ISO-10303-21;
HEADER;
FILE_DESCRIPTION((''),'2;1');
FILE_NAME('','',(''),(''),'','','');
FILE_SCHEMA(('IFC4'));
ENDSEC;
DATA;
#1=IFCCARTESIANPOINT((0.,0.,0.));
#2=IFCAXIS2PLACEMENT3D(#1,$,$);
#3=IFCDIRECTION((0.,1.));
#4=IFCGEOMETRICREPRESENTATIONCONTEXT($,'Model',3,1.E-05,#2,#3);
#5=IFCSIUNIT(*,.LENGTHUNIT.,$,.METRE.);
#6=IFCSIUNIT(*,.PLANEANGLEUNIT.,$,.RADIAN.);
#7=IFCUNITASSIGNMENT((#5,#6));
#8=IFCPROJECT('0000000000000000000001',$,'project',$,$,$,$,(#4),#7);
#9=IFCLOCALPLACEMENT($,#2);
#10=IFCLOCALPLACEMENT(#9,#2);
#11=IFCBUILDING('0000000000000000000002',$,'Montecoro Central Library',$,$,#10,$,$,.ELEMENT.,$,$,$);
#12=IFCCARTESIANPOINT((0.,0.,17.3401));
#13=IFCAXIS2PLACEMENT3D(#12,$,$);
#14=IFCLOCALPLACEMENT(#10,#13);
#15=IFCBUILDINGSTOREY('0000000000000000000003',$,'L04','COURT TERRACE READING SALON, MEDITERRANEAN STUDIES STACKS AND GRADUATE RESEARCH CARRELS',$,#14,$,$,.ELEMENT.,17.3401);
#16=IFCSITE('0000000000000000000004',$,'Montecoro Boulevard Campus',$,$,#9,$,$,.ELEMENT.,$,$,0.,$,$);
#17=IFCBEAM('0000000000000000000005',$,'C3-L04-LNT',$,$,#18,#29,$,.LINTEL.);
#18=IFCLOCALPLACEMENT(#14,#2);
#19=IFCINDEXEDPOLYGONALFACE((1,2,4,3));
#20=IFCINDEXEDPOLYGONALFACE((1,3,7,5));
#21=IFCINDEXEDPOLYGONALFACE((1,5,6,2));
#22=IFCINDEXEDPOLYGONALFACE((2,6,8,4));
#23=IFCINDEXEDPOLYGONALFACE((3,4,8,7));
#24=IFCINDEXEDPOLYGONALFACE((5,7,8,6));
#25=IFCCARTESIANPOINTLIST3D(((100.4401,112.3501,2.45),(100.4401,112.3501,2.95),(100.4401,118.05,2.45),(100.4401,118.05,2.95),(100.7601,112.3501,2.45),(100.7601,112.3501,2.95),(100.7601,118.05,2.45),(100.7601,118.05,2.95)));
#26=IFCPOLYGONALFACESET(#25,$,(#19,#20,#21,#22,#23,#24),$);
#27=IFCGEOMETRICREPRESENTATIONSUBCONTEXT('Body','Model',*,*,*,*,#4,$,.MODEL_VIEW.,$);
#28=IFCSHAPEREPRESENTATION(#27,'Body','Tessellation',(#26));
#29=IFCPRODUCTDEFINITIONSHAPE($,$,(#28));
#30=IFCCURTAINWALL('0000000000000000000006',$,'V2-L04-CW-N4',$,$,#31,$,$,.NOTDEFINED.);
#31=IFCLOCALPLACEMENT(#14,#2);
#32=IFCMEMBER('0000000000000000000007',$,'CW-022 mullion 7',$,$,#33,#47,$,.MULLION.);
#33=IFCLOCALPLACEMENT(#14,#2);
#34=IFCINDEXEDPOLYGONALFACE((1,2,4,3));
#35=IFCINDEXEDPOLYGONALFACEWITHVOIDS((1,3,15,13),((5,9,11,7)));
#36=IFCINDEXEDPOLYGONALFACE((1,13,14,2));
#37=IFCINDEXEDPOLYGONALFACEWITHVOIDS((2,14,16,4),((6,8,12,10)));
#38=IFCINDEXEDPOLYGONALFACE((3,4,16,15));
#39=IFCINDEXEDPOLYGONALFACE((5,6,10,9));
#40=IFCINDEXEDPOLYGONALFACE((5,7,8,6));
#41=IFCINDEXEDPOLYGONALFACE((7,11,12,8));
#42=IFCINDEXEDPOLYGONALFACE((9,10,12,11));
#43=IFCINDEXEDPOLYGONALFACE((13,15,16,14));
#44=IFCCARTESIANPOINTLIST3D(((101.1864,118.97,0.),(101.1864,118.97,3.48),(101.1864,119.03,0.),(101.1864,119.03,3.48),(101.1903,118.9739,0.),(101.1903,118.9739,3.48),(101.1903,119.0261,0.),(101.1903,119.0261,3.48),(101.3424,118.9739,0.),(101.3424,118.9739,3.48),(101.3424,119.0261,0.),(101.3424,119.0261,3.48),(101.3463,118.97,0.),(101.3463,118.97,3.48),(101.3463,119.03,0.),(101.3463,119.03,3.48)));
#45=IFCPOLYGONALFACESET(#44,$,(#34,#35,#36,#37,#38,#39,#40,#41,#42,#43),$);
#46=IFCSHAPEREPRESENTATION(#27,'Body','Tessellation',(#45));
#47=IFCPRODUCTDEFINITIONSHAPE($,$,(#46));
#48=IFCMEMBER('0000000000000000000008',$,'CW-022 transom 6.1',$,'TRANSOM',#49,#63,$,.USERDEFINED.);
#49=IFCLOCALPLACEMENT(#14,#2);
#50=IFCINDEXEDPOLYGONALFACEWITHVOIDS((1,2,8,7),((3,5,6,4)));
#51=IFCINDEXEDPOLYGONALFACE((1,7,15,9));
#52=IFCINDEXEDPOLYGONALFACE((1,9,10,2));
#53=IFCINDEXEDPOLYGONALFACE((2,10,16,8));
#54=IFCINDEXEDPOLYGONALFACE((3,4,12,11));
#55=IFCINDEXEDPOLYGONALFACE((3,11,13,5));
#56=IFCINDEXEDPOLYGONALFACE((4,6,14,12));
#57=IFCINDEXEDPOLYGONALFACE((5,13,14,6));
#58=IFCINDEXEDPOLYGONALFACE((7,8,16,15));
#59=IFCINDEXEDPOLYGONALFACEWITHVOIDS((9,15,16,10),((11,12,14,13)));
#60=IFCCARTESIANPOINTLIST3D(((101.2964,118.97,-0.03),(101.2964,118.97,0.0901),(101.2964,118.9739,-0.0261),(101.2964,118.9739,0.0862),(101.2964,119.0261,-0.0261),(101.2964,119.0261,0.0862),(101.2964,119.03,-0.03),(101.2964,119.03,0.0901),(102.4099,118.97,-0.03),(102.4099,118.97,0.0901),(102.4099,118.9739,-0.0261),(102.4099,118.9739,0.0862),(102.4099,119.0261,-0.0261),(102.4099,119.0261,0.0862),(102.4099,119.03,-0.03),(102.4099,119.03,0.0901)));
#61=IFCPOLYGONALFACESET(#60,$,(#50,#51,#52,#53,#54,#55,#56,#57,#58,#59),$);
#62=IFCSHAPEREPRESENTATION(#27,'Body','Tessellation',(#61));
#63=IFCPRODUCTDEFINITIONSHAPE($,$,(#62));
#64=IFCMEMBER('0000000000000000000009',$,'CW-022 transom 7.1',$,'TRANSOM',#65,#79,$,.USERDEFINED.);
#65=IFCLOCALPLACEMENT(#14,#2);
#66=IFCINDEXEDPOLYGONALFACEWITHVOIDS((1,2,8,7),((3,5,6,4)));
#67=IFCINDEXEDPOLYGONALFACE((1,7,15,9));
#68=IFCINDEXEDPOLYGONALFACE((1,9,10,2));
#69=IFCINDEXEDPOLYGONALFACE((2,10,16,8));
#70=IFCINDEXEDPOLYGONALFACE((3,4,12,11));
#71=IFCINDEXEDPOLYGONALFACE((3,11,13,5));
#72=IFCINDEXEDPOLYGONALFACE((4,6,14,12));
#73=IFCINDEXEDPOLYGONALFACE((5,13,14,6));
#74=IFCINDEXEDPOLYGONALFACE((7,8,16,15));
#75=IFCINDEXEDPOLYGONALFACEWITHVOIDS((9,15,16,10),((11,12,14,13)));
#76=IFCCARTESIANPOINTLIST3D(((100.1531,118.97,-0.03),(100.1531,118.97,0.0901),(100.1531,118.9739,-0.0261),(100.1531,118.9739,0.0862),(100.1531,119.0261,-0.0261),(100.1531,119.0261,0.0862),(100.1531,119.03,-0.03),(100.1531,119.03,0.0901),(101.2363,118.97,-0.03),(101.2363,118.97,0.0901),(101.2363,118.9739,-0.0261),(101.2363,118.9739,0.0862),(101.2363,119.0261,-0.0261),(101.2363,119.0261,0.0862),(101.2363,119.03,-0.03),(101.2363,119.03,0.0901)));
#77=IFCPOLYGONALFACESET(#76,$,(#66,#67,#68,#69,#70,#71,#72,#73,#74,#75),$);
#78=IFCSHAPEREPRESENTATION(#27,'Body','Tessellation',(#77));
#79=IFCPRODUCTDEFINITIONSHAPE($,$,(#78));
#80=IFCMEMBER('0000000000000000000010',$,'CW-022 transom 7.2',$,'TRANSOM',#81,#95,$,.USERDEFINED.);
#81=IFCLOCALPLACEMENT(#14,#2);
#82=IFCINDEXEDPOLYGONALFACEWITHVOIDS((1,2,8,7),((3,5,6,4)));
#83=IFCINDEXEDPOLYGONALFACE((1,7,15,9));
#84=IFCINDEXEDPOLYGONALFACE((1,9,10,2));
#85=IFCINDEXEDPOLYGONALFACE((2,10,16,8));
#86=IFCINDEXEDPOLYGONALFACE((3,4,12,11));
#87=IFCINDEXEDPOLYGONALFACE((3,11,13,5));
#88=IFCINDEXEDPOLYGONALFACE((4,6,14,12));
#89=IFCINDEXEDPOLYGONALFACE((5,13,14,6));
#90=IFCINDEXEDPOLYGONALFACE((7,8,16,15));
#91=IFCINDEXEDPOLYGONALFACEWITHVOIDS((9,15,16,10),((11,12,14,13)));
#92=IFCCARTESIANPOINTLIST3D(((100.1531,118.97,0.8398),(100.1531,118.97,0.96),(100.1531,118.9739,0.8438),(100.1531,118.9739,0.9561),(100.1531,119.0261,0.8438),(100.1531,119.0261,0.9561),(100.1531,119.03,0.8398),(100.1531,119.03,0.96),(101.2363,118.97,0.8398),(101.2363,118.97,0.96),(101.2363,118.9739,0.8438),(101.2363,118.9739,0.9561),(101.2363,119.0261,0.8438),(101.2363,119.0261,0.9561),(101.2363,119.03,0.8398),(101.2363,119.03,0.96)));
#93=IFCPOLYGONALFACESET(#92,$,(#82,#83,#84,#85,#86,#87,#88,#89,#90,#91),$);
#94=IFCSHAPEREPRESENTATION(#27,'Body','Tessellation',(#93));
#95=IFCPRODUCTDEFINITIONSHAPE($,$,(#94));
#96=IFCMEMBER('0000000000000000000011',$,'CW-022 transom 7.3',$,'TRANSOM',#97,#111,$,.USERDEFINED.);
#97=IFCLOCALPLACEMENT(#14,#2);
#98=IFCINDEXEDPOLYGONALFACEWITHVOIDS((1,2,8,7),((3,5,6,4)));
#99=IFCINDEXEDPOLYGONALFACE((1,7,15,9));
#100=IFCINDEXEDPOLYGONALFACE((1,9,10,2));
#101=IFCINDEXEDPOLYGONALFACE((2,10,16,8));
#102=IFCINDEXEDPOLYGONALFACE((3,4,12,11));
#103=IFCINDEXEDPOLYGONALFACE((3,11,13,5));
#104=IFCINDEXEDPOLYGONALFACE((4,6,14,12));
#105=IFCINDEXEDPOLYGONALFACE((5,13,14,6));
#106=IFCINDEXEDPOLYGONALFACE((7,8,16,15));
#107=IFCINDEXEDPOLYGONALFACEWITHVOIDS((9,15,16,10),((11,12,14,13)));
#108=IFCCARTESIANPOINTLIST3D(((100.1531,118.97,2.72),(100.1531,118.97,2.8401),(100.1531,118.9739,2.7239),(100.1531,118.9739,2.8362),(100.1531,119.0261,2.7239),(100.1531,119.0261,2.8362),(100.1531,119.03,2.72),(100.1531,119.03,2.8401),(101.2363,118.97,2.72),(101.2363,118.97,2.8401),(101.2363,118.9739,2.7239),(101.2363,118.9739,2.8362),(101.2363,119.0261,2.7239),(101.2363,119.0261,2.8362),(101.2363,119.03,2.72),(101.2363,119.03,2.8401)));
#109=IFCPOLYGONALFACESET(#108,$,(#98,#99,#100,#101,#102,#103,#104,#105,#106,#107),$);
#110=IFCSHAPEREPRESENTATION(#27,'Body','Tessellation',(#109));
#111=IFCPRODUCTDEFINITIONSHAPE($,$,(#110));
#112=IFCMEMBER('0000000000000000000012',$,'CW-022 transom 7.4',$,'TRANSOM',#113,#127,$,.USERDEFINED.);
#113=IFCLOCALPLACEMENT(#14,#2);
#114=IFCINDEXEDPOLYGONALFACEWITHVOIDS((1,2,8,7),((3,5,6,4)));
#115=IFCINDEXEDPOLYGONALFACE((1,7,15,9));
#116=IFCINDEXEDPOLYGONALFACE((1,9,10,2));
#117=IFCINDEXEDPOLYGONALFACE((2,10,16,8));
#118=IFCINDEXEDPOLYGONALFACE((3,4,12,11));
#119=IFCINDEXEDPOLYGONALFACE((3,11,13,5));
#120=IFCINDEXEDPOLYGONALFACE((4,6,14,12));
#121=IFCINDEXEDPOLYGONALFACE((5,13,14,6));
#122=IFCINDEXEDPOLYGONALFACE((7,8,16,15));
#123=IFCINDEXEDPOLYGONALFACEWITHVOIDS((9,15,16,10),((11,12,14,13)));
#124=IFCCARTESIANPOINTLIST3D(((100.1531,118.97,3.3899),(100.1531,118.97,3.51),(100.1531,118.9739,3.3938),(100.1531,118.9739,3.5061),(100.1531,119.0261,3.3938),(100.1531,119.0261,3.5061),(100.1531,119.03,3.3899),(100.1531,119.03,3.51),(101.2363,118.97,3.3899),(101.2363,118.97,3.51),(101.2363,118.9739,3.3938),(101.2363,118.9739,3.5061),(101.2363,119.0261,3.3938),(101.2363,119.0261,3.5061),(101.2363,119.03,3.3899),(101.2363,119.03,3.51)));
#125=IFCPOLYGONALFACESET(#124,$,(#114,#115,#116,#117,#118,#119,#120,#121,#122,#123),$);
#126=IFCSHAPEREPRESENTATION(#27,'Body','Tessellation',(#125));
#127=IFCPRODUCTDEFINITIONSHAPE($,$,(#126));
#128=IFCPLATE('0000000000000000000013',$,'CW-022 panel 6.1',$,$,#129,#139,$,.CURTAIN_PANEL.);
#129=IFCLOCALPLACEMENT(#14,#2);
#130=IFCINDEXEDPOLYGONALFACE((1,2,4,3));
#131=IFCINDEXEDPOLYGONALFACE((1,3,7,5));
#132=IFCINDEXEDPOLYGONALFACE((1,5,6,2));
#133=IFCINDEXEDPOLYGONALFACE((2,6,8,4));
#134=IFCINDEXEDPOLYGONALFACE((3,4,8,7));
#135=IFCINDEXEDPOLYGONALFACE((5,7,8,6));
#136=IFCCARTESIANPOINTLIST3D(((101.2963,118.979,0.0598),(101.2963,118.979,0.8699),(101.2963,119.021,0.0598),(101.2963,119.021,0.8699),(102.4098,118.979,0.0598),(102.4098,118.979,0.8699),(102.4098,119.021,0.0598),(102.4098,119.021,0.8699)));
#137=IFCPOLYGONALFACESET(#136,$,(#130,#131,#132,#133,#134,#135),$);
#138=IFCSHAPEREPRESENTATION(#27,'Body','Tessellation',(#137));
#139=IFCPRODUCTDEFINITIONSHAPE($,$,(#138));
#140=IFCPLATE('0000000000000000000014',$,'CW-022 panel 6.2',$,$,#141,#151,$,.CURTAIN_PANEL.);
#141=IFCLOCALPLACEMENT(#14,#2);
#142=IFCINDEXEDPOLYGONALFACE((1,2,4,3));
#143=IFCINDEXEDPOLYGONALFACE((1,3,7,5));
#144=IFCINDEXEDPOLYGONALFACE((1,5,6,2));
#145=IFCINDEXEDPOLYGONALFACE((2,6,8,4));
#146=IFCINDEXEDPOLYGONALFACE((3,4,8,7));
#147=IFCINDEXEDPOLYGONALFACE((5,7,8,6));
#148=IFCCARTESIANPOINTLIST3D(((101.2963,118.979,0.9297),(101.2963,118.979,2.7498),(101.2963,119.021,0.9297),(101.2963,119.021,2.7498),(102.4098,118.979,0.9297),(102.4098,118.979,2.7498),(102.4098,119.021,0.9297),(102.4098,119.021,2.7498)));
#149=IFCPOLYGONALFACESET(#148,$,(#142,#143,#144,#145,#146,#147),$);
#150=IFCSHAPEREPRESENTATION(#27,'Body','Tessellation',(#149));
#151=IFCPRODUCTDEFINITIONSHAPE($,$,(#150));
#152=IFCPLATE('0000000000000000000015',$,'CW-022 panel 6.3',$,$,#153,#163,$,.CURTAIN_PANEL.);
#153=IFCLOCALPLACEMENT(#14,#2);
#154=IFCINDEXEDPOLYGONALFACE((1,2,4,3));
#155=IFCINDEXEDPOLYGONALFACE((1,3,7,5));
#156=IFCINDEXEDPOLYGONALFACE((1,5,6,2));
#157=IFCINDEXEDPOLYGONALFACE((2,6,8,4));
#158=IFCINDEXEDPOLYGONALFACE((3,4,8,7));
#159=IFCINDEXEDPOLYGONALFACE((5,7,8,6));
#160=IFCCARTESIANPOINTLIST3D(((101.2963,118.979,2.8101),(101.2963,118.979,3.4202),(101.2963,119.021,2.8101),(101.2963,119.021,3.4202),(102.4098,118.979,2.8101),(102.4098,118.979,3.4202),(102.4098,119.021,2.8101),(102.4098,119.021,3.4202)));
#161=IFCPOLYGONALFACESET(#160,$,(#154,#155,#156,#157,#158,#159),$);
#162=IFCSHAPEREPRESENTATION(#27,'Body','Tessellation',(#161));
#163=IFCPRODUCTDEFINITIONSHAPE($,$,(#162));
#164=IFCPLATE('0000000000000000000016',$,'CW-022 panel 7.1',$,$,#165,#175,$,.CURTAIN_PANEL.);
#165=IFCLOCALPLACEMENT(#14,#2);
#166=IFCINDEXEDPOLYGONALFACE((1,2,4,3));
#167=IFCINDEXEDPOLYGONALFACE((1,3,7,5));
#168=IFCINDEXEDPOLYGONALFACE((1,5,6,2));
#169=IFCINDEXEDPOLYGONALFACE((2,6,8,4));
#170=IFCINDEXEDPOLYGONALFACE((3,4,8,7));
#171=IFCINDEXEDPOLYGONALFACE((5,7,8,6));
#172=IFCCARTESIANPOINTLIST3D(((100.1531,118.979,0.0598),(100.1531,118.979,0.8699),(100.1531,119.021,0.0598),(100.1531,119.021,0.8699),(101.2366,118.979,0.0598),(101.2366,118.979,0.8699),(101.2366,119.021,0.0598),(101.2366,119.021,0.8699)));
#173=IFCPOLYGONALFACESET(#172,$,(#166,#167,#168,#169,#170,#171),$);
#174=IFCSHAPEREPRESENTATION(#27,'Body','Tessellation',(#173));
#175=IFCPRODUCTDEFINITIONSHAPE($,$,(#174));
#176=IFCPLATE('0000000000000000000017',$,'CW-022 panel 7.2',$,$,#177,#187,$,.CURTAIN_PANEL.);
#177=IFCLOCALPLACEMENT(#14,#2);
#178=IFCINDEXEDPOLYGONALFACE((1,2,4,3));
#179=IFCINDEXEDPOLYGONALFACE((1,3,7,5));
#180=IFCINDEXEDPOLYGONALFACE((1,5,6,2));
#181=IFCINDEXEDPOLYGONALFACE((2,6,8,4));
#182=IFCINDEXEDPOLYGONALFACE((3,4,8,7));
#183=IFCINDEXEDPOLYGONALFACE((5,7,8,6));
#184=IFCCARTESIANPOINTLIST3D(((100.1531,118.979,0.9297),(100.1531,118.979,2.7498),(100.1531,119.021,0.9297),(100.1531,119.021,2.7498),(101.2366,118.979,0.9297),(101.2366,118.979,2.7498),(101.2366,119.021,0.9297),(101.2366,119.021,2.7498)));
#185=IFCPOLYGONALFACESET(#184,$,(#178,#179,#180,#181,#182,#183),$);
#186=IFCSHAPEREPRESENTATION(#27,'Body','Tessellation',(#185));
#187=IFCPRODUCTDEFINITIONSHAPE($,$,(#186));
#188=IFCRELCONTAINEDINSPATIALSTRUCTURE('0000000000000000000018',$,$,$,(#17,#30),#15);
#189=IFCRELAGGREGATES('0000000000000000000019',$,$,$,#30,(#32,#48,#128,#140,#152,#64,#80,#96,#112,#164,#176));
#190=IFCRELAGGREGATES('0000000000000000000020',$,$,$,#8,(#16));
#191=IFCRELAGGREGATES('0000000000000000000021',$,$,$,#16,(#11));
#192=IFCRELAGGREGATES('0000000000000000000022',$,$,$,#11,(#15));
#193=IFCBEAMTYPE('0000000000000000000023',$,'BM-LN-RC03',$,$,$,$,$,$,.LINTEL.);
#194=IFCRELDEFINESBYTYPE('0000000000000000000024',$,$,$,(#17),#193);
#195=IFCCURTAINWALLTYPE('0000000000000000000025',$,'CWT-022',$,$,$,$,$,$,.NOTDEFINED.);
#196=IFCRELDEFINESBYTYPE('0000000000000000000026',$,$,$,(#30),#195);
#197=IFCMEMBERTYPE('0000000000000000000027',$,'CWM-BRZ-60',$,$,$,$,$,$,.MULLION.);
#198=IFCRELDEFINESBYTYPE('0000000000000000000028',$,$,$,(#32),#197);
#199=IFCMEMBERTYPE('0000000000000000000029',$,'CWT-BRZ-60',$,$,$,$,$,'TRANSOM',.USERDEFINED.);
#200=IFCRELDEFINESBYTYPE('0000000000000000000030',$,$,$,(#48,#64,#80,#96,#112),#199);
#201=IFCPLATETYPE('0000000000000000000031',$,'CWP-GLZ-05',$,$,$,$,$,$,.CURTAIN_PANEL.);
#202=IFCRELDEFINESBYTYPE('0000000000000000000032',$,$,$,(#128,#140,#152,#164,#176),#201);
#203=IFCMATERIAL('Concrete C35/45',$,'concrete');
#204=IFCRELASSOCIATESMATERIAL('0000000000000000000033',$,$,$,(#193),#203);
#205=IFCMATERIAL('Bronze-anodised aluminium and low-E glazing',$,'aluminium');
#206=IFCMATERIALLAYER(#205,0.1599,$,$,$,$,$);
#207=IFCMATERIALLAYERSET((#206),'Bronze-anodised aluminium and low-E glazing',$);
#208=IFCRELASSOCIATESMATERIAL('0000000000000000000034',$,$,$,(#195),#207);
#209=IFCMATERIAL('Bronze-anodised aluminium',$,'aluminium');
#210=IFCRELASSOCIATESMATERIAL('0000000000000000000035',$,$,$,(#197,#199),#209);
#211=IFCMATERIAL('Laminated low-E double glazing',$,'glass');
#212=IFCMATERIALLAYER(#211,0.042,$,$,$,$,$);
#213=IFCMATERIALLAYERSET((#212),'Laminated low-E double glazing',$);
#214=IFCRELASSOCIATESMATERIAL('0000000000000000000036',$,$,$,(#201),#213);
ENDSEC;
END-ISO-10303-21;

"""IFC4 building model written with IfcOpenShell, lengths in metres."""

from ifc_helpers import new_model, si_unit, direction, frame, origin, origin_2d, place, context, subcontext, project, spatial, rectangle, hollow_rectangle, extrude, material, layer, layer_set, material_profile, profile_set, type_object, element, aggregate, save


model = new_model("IFC4")

# Units and contexts
model_context = context("Model", 3, precision=1e-05, world=origin(), true_north=direction((0.0, 1.0)))
body_context = subcontext(model_context, "Body", "Model", "MODEL_VIEW")
ifc_project = project(units=[si_unit("LENGTHUNIT", "METRE"), si_unit("PLANEANGLEUNIT", "RADIAN")], contexts=[model_context])

# Site, building, storey
site_placement = place(None, origin())
site = spatial("IfcSite", under=ifc_project, at=site_placement, Name="Montecoro Boulevard Campus", CompositionType="ELEMENT", RefElevation=0.0)
building_placement = place(site_placement, origin())
building = spatial("IfcBuilding", under=site, at=building_placement, Name="Montecoro Central Library", CompositionType="ELEMENT")
storey_placement = place(building_placement, frame((0.0, 0.0, 17.3401)))
storey = spatial("IfcBuildingStorey", under=building, at=storey_placement, Name="L04", Description="COURT TERRACE READING SALON, MEDITERRANEAN STUDIES STACKS AND GRADUATE RESEARCH CARRELS", CompositionType="ELEMENT", Elevation=17.3401)

# Beam
ifc_material_1 = material(Name="Concrete C35/45", Category="concrete")
ifc_material_profile_1 = material_profile(ifc_material_1, rectangle(XDim=0.3201, YDim=0.5, at=origin_2d()), Name="RC LNT 500x320")
ifc_profile_set_1 = profile_set([ifc_material_profile_1], Name="Concrete C35/45")
beam_type = type_object("IfcBeamType", Name="BM-LN-RC03", PredefinedType="LINTEL", material=ifc_profile_set_1)
beam_placement = place(storey_placement, frame((100.6001, 112.3501, 2.7), z_axis=(0.0, 1.0, 0.0), x_axis=(-1.0, 0.0, 0.0)))
element("IfcBeam", 1, at=beam_placement, inside=storey, type_object=beam_type, Name="C3-L04-LNT", PredefinedType="LINTEL", context=body_context, shape_type="SweptSolid", body=[
    extrude(rectangle(XDim=0.3201, YDim=0.5, at=origin_2d()), origin(), (0.0, 0.0, 1.0), 5.7),
])

# Curtain wall, members, plates
ifc_material_2 = material(Name="Bronze-anodised aluminium and low-E glazing", Category="aluminium")
ifc_layer_1 = layer(ifc_material_2, 0.1599)
ifc_layer_set_1 = layer_set([ifc_layer_1], Name="Bronze-anodised aluminium and low-E glazing")
curtain_wall_type = type_object("IfcCurtainWallType", Name="CWT-022", PredefinedType="NOTDEFINED", material=ifc_layer_set_1)
curtain_wall_placement = place(storey_placement, origin())
curtain_wall = element("IfcCurtainWall", 2, at=curtain_wall_placement, inside=storey, type_object=curtain_wall_type, Name="V2-L04-CW-N4", PredefinedType="NOTDEFINED")
ifc_material_3 = material(Name="Bronze-anodised aluminium", Category="aluminium")
ifc_material_profile_2 = material_profile(ifc_material_3, hollow_rectangle(XDim=0.0601, YDim=0.1599, WallThickness=0.0039, at=origin_2d()), Name="CWM 160x60x4.0")
ifc_profile_set_2 = profile_set([ifc_material_profile_2], Name="Bronze-anodised aluminium")
member_type_1 = type_object("IfcMemberType", Name="CWM-BRZ-60", PredefinedType="MULLION", material=ifc_profile_set_2)
member_1_placement = place(storey_placement, frame((101.2664, 119.0, 0.0), z_axis=(0.0, 0.0, 1.0), x_axis=(0.0, -1.0, 0.0)))
member_1 = element("IfcMember", 3, at=member_1_placement, type_object=member_type_1, Name="CW-022 mullion 7", PredefinedType="MULLION", context=body_context, shape_type="SweptSolid", body=[
    extrude(hollow_rectangle(XDim=0.0601, YDim=0.1599, WallThickness=0.0039, at=origin_2d()), origin(), (0.0, 0.0, 1.0), 3.48),
])
ifc_material_profile_3 = material_profile(ifc_material_3, hollow_rectangle(XDim=0.0601, YDim=0.1201, WallThickness=0.0039, at=origin_2d()), Name="CWT 120x60x4.0")
ifc_profile_set_3 = profile_set([ifc_material_profile_3], Name="Bronze-anodised aluminium")
member_type_2 = type_object("IfcMemberType", Name="CWT-BRZ-60", ElementType="TRANSOM", PredefinedType="USERDEFINED", material=ifc_profile_set_3)
member_2_placement = place(storey_placement, frame((102.4099, 119.0, 0.03), z_axis=(-1.0, 0.0, 0.0), x_axis=(0.0, -1.0, 0.0)))
member_2 = element("IfcMember", 4, at=member_2_placement, type_object=member_type_2, Name="CW-022 transom 6.1", ObjectType="TRANSOM", PredefinedType="USERDEFINED", context=body_context, shape_type="SweptSolid", body=[
    extrude(hollow_rectangle(XDim=0.0601, YDim=0.1201, WallThickness=0.0039, at=origin_2d()), origin(), (0.0, 0.0, 1.0), 1.1135),
])
member_3_placement = place(storey_placement, frame((101.2363, 119.0, 0.03), z_axis=(-1.0, 0.0, 0.0), x_axis=(0.0, -1.0, 0.0)))
member_3 = element("IfcMember", 5, at=member_3_placement, type_object=member_type_2, Name="CW-022 transom 7.1", ObjectType="TRANSOM", PredefinedType="USERDEFINED", context=body_context, shape_type="SweptSolid", body=[
    extrude(hollow_rectangle(XDim=0.0601, YDim=0.1201, WallThickness=0.0039, at=origin_2d()), origin(), (0.0, 0.0, 1.0), 1.0833),
])
member_4_placement = place(storey_placement, frame((101.2363, 119.0, 0.8999), z_axis=(-1.0, 0.0, 0.0), x_axis=(0.0, -1.0, 0.0)))
member_4 = element("IfcMember", 6, at=member_4_placement, type_object=member_type_2, Name="CW-022 transom 7.2", ObjectType="TRANSOM", PredefinedType="USERDEFINED", context=body_context, shape_type="SweptSolid", body=[
    extrude(hollow_rectangle(XDim=0.0601, YDim=0.1201, WallThickness=0.0039, at=origin_2d()), origin(), (0.0, 0.0, 1.0), 1.0833),
])
member_5_placement = place(storey_placement, frame((101.2363, 119.0, 2.78), z_axis=(-1.0, 0.0, 0.0), x_axis=(0.0, -1.0, 0.0)))
member_5 = element("IfcMember", 7, at=member_5_placement, type_object=member_type_2, Name="CW-022 transom 7.3", ObjectType="TRANSOM", PredefinedType="USERDEFINED", context=body_context, shape_type="SweptSolid", body=[
    extrude(hollow_rectangle(XDim=0.0601, YDim=0.1201, WallThickness=0.0039, at=origin_2d()), origin(), (0.0, 0.0, 1.0), 1.0833),
])
member_6_placement = place(storey_placement, frame((101.2363, 119.0, 3.45), z_axis=(-1.0, 0.0, 0.0), x_axis=(0.0, -1.0, 0.0)))
member_6 = element("IfcMember", 8, at=member_6_placement, type_object=member_type_2, Name="CW-022 transom 7.4", ObjectType="TRANSOM", PredefinedType="USERDEFINED", context=body_context, shape_type="SweptSolid", body=[
    extrude(hollow_rectangle(XDim=0.0601, YDim=0.1201, WallThickness=0.0039, at=origin_2d()), origin(), (0.0, 0.0, 1.0), 1.0833),
])
ifc_material_4 = material(Name="Laminated low-E double glazing", Category="glass")
ifc_layer_2 = layer(ifc_material_4, 0.042)
ifc_layer_set_2 = layer_set([ifc_layer_2], Name="Laminated low-E double glazing")
plate_type = type_object("IfcPlateType", Name="CWP-GLZ-05", PredefinedType="CURTAIN_PANEL", material=ifc_layer_set_2)
plate_1_placement = place(storey_placement, frame((101.853, 119.0, 0.0598), z_axis=(0.0, 0.0, 1.0), x_axis=(-1.0, 0.0, 0.0)))
plate_1 = element("IfcPlate", 9, at=plate_1_placement, type_object=plate_type, Name="CW-022 panel 6.1", PredefinedType="CURTAIN_PANEL", context=body_context, shape_type="SweptSolid", body=[
    extrude(rectangle(XDim=1.1135, YDim=0.042, at=origin_2d()), origin(), (0.0, 0.0, 1.0), 0.8101),
])
plate_2_placement = place(storey_placement, frame((101.853, 119.0, 0.9297), z_axis=(0.0, 0.0, 1.0), x_axis=(-1.0, 0.0, 0.0)))
plate_2 = element("IfcPlate", 10, at=plate_2_placement, type_object=plate_type, Name="CW-022 panel 6.2", PredefinedType="CURTAIN_PANEL", context=body_context, shape_type="SweptSolid", body=[
    extrude(rectangle(XDim=1.1135, YDim=0.042, at=origin_2d()), origin(), (0.0, 0.0, 1.0), 1.8201),
])
plate_3_placement = place(storey_placement, frame((101.853, 119.0, 2.8101), z_axis=(0.0, 0.0, 1.0), x_axis=(-1.0, 0.0, 0.0)))
plate_3 = element("IfcPlate", 11, at=plate_3_placement, type_object=plate_type, Name="CW-022 panel 6.3", PredefinedType="CURTAIN_PANEL", context=body_context, shape_type="SweptSolid", body=[
    extrude(rectangle(XDim=1.1135, YDim=0.042, at=origin_2d()), origin(), (0.0, 0.0, 1.0), 0.6101),
])
plate_4_placement = place(storey_placement, frame((100.6948, 119.0, 0.0598), z_axis=(0.0, 0.0, 1.0), x_axis=(-1.0, 0.0, 0.0)))
plate_4 = element("IfcPlate", 12, at=plate_4_placement, type_object=plate_type, Name="CW-022 panel 7.1", PredefinedType="CURTAIN_PANEL", context=body_context, shape_type="SweptSolid", body=[
    extrude(rectangle(XDim=1.0835, YDim=0.042, at=origin_2d()), origin(), (0.0, 0.0, 1.0), 0.8101),
])
plate_5_placement = place(storey_placement, frame((100.6948, 119.0, 0.9297), z_axis=(0.0, 0.0, 1.0), x_axis=(-1.0, 0.0, 0.0)))
plate_5 = element("IfcPlate", 13, at=plate_5_placement, type_object=plate_type, Name="CW-022 panel 7.2", PredefinedType="CURTAIN_PANEL", context=body_context, shape_type="SweptSolid", body=[
    extrude(rectangle(XDim=1.0835, YDim=0.042, at=origin_2d()), origin(), (0.0, 0.0, 1.0), 1.8201),
])
aggregate(curtain_wall, [member_1, member_2, plate_1, plate_2, plate_3, member_3, member_4, member_5, member_6, plate_4, plate_5])

save(model, "model.ifc")
